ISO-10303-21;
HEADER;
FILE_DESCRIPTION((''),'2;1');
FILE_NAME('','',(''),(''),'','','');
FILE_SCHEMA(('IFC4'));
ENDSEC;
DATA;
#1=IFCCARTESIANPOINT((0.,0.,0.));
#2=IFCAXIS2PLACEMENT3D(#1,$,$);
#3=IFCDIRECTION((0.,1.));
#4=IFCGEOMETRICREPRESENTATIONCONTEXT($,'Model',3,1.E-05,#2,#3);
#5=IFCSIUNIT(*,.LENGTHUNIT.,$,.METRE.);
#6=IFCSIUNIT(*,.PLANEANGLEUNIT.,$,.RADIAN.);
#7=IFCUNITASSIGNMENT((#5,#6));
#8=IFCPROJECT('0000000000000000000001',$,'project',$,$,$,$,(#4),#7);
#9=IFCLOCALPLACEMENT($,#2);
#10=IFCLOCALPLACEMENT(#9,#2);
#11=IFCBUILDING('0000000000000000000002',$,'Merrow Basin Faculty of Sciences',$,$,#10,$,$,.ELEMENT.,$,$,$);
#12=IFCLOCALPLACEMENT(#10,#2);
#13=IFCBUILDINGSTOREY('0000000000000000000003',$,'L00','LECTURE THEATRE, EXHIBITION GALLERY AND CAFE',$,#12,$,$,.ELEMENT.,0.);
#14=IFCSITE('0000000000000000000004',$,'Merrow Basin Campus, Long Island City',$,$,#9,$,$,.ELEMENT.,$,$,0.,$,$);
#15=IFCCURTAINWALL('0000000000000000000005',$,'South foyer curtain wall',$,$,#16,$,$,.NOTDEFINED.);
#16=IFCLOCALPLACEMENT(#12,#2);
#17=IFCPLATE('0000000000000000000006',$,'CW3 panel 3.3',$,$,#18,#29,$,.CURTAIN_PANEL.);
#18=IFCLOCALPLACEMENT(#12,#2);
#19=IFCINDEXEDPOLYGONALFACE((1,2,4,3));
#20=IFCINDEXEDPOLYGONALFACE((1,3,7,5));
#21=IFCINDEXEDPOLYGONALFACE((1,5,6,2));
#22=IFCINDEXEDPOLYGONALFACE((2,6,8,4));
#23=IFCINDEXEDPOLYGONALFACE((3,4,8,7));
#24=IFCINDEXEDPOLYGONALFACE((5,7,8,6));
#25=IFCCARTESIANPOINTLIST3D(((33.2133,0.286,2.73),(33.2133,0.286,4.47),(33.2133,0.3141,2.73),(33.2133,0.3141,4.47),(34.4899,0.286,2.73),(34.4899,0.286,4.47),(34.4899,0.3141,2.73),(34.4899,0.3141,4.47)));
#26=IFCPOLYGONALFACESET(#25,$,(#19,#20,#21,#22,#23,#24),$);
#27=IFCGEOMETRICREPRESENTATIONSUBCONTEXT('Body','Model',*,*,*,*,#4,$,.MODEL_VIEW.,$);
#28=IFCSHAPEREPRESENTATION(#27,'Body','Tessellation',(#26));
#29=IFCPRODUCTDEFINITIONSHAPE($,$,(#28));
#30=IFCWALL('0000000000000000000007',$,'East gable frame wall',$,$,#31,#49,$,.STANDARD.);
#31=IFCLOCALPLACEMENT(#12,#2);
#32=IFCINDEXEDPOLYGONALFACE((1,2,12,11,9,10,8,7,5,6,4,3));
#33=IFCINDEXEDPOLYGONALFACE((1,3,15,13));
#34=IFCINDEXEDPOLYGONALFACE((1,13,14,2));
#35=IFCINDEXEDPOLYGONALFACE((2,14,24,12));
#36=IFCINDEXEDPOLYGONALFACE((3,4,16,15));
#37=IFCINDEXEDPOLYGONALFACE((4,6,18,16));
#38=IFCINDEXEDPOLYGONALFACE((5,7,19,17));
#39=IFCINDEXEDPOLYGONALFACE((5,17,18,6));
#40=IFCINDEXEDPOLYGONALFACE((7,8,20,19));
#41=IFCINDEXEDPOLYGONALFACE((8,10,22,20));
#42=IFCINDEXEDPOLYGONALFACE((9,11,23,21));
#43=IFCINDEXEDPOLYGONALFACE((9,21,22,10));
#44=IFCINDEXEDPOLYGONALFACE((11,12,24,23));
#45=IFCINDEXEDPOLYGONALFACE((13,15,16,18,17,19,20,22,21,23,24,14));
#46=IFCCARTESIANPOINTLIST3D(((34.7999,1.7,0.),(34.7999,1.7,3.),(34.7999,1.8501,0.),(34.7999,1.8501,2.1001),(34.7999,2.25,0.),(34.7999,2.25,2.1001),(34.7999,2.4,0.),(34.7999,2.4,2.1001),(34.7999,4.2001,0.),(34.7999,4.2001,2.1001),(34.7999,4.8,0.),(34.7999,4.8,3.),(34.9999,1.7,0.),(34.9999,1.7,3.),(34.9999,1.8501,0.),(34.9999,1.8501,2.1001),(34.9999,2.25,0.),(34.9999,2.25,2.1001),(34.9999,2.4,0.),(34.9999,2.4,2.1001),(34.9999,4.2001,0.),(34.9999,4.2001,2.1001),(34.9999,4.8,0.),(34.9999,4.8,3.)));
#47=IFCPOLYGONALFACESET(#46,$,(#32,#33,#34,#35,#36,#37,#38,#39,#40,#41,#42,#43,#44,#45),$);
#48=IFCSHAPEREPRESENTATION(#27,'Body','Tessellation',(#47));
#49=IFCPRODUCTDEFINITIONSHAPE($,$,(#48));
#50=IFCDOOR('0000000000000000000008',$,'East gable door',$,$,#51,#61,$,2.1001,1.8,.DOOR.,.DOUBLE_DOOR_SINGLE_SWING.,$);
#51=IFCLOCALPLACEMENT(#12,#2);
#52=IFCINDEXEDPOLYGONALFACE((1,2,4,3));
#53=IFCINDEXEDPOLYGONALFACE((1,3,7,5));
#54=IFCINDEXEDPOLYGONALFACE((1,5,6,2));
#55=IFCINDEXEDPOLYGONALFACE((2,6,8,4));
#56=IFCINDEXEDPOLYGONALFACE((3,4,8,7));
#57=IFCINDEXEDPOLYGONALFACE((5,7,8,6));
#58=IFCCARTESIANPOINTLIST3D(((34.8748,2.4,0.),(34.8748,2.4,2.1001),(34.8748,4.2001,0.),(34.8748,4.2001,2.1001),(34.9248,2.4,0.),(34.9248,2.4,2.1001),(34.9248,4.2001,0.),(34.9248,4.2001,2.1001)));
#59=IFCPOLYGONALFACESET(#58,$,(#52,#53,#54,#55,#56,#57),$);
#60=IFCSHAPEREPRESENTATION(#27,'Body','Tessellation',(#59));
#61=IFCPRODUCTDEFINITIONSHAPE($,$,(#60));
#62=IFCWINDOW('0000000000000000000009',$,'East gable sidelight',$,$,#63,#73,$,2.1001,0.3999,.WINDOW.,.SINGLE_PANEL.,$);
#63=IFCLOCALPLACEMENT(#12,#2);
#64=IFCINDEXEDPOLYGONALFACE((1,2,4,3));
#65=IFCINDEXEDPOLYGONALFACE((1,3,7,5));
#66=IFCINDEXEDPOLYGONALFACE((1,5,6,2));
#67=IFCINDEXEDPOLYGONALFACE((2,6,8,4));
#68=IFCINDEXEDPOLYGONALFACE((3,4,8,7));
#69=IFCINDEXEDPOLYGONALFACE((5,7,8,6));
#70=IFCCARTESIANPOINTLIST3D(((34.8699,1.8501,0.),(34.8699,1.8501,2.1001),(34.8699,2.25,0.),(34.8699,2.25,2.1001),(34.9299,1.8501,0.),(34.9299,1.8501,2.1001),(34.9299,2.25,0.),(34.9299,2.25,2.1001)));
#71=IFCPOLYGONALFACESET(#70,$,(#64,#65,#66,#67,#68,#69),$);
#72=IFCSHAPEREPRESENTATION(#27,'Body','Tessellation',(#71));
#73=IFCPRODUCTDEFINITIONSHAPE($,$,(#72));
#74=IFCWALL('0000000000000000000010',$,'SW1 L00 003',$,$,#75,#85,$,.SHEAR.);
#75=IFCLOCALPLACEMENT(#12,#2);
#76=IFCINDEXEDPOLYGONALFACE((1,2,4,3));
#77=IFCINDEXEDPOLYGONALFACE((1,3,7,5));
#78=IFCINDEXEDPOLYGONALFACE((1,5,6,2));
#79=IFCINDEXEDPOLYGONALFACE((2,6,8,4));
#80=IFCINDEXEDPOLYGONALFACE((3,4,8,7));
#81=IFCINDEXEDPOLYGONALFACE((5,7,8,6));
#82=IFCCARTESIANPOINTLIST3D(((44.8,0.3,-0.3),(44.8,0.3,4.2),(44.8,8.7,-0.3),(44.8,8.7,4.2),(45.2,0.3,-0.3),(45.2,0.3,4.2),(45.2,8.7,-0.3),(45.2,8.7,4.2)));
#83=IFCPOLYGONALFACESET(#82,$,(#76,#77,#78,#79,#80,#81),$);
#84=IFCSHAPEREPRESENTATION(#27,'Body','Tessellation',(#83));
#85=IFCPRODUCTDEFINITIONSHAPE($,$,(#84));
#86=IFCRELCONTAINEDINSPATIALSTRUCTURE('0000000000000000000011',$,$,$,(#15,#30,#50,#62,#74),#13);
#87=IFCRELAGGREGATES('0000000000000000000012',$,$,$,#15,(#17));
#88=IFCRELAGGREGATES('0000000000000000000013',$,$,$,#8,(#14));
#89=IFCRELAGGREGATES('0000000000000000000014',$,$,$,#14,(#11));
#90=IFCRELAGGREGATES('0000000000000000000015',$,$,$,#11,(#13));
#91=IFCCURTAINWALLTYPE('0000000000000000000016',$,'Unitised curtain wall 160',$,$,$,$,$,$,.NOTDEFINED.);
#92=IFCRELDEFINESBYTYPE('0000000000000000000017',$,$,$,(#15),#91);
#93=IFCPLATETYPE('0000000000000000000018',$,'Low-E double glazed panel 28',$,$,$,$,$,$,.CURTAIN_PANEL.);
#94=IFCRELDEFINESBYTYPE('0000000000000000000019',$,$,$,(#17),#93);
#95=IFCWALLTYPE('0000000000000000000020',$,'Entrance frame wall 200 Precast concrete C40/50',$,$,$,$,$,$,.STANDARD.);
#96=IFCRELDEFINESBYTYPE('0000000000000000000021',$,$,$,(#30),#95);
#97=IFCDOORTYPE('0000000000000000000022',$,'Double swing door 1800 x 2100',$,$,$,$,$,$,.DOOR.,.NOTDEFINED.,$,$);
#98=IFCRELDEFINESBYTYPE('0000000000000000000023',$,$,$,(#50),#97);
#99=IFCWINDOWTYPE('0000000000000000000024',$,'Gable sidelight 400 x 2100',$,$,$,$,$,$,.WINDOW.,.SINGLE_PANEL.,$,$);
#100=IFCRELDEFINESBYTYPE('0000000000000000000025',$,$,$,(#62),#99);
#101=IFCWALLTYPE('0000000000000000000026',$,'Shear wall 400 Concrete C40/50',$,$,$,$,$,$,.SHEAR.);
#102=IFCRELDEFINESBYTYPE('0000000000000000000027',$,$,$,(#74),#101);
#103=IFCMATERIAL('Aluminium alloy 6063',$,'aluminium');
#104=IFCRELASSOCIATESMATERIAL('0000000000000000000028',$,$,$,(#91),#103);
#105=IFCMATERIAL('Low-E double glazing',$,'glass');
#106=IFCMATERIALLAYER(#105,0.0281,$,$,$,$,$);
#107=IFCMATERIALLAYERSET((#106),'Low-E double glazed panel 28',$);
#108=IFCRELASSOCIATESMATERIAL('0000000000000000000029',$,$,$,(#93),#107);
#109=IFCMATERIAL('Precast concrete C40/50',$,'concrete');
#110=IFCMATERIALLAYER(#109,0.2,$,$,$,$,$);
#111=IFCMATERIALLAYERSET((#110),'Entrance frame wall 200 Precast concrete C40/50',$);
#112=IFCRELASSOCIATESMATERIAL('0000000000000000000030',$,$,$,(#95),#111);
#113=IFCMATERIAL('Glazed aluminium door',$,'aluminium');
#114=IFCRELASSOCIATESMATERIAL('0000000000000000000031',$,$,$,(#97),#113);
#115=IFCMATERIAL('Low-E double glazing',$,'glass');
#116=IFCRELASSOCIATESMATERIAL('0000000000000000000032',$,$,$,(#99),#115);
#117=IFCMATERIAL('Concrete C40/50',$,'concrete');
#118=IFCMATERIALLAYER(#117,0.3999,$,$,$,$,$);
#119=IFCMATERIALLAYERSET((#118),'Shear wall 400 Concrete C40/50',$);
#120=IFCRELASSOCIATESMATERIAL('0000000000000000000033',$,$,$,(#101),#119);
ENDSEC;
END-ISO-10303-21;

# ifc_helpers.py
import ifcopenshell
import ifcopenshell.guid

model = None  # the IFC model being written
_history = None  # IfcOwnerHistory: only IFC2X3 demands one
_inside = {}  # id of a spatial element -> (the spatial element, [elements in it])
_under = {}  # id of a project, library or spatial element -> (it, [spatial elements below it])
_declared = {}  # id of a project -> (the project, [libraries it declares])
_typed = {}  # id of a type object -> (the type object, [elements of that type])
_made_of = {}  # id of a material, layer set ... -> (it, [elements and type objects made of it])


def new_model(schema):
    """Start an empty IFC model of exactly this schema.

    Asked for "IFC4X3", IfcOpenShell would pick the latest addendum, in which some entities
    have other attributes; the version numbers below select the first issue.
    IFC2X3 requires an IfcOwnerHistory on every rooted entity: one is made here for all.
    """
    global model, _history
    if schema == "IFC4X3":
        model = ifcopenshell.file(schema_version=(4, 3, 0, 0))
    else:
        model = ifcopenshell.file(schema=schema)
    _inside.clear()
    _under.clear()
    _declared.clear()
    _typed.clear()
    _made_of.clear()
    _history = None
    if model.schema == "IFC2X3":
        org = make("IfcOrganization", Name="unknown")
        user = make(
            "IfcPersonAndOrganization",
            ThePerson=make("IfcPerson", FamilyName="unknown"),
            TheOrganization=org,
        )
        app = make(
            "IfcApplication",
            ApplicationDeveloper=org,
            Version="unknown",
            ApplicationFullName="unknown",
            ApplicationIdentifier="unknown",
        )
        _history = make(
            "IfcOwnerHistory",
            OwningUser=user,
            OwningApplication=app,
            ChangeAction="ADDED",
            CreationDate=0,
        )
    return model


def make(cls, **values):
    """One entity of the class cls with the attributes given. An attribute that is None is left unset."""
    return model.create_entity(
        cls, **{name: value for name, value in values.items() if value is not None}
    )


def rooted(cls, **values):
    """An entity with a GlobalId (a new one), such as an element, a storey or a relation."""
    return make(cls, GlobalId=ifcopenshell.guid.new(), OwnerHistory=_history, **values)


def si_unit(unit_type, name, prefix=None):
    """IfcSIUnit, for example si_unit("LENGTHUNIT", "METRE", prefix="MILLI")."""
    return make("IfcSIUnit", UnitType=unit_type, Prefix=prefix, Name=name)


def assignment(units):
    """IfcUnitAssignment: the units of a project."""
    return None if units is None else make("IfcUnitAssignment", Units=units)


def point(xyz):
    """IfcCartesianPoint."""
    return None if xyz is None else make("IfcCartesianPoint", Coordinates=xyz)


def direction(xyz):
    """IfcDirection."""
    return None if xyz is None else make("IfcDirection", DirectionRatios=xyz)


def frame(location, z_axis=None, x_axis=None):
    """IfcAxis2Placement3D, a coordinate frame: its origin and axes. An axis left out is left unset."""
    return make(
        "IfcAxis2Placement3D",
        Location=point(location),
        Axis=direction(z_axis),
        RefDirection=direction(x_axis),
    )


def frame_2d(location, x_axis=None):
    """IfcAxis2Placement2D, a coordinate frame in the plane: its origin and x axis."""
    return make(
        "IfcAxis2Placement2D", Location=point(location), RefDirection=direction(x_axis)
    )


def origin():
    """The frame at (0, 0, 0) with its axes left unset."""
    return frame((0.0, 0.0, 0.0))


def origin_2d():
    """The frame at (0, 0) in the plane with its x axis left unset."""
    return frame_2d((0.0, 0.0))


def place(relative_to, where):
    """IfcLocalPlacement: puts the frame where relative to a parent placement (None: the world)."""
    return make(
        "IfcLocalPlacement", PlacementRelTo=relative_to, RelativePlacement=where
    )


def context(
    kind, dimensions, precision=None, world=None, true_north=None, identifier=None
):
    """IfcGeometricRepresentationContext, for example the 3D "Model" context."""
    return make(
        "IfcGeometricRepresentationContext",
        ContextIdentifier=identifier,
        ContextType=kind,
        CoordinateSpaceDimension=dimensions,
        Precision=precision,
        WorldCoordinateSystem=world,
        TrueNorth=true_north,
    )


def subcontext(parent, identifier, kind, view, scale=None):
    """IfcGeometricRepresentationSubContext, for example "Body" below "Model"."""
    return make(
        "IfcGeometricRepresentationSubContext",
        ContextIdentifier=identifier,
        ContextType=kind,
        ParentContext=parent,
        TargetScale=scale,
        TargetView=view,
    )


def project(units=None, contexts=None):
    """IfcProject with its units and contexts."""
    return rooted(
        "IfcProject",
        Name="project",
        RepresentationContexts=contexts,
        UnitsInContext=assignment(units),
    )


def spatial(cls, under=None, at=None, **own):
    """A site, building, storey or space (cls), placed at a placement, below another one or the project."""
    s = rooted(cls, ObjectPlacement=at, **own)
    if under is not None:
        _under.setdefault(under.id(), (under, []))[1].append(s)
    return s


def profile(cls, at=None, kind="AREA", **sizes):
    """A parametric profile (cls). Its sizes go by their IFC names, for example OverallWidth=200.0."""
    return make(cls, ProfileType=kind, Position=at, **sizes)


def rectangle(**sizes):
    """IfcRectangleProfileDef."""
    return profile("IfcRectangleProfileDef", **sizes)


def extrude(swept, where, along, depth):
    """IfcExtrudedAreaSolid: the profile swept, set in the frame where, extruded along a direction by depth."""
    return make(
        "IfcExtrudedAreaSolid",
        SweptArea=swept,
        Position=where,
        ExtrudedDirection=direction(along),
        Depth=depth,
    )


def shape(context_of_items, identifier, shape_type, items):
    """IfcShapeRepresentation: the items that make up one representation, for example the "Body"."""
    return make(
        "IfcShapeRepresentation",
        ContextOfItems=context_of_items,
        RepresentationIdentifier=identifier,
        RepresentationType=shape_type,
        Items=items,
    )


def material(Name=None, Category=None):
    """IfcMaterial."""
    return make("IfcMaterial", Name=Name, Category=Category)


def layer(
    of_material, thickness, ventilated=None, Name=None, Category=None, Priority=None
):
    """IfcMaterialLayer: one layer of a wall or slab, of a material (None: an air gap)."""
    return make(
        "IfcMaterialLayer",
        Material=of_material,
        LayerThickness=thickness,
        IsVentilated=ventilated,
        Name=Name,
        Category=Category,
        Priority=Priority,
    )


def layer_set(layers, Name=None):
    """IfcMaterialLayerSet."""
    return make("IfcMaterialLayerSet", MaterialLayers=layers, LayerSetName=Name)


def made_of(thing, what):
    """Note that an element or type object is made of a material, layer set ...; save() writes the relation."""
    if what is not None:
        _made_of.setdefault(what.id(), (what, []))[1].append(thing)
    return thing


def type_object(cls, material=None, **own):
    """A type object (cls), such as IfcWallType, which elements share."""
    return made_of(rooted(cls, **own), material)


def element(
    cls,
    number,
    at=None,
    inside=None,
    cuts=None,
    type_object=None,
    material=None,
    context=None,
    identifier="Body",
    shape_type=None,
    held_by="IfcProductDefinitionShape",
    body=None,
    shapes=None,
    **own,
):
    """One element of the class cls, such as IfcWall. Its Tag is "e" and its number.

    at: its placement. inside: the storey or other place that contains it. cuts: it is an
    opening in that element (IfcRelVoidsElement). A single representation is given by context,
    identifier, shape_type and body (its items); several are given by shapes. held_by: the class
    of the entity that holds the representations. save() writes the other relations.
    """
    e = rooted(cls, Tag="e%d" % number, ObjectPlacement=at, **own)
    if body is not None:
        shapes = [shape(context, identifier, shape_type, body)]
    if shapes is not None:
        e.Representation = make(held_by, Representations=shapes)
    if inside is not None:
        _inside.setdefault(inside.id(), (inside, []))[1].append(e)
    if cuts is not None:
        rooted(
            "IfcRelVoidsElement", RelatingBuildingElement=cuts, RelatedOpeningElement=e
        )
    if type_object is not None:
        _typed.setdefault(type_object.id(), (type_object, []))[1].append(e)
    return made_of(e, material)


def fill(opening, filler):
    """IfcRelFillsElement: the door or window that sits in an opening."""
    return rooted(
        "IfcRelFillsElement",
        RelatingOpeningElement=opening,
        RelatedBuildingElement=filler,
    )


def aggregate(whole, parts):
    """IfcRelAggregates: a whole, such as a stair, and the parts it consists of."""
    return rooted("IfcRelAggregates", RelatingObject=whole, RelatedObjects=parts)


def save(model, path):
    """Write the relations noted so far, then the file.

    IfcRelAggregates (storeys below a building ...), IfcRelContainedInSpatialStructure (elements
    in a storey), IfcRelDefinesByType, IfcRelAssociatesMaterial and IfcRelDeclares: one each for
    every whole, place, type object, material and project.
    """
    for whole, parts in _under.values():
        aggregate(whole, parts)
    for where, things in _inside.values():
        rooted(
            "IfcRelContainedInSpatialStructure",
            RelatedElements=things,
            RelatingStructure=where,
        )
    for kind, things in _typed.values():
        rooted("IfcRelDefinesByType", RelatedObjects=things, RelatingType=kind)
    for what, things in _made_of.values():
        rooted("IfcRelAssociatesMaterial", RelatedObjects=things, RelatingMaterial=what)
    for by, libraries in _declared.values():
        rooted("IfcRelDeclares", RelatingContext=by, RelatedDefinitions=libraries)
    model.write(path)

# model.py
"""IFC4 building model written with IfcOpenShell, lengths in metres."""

from ifc_helpers import new_model, si_unit, direction, frame, frame_2d, origin, origin_2d, place, context, subcontext, project, spatial, rectangle, extrude, material, layer, layer_set, type_object, element, fill, aggregate, save


model = new_model("IFC4")

# Units and contexts
model_context = context("Model", 3, precision=1e-05, world=origin(), true_north=direction((0.0, 1.0)))
body_context = subcontext(model_context, "Body", "Model", "MODEL_VIEW")
ifc_project = project(units=[si_unit("LENGTHUNIT", "METRE"), si_unit("PLANEANGLEUNIT", "RADIAN")], contexts=[model_context])

# Site, building, storey
site_placement = place(None, origin())
site = spatial("IfcSite", under=ifc_project, at=site_placement, Name="Merrow Basin Campus, Long Island City", CompositionType="ELEMENT", RefElevation=0.0)
building_placement = place(site_placement, origin())
building = spatial("IfcBuilding", under=site, at=building_placement, Name="Merrow Basin Faculty of Sciences", CompositionType="ELEMENT")
storey_placement = place(building_placement, origin())
storey = spatial("IfcBuildingStorey", under=building, at=storey_placement, Name="L00", Description="LECTURE THEATRE, EXHIBITION GALLERY AND CAFE", CompositionType="ELEMENT", Elevation=0.0)

# Curtain wall
ifc_material_1 = material(Name="Aluminium alloy 6063", Category="aluminium")
curtain_wall_type_1 = type_object("IfcCurtainWallType", Name="Unitised curtain wall 160", PredefinedType="NOTDEFINED", material=ifc_material_1)
curtain_wall_1_placement = place(storey_placement, origin())
curtain_wall_1 = element("IfcCurtainWall", 1, at=curtain_wall_1_placement, inside=storey, type_object=curtain_wall_type_1, Name="South foyer curtain wall", PredefinedType="NOTDEFINED")

# Plate
ifc_material_2 = material(Name="Low-E double glazing", Category="glass")
ifc_layer_1 = layer(ifc_material_2, 0.0281)
ifc_layer_set_1 = layer_set([ifc_layer_1], Name="Low-E double glazed panel 28")
plate_type_1 = type_object("IfcPlateType", Name="Low-E double glazed panel 28", PredefinedType="CURTAIN_PANEL", material=ifc_layer_set_1)
plate_1_placement = place(storey_placement, frame((33.8516, 0.3, 2.73), z_axis=(0.0, 0.0, 1.0), x_axis=(1.0, 0.0, 0.0)))
plate_1 = element("IfcPlate", 2, at=plate_1_placement, type_object=plate_type_1, Name="CW3 panel 3.3", PredefinedType="CURTAIN_PANEL", context=body_context, shape_type="SweptSolid", body=[
    extrude(rectangle(XDim=1.2766, YDim=0.0281, at=origin_2d()), origin(), (0.0, 0.0, 1.0), 1.74),
])
aggregate(curtain_wall_1, [plate_1])

# Wall, openings, door, window
ifc_material_3 = material(Name="Precast concrete C40/50", Category="concrete")
ifc_layer_2 = layer(ifc_material_3, 0.2)
ifc_layer_set_2 = layer_set([ifc_layer_2], Name="Entrance frame wall 200 Precast concrete C40/50")
wall_type_1 = type_object("IfcWallType", Name="Entrance frame wall 200 Precast concrete C40/50", PredefinedType="STANDARD", material=ifc_layer_set_2)
wall_1_placement = place(storey_placement, frame((34.8999, 4.8, 0.0), z_axis=(0.0, 0.0, 1.0), x_axis=(0.0, -1.0, 0.0)))
wall_1 = element("IfcWall", 3, at=wall_1_placement, inside=storey, type_object=wall_type_1, Name="East gable frame wall", PredefinedType="STANDARD", context=body_context, shape_type="SweptSolid", body=[
    extrude(rectangle(XDim=3.1001, YDim=0.2, at=frame_2d((1.55, 0.0))), origin(), (0.0, 0.0, 1.0), 3.0),
])
opening_1_placement = place(wall_1_placement, frame((0.6001, 0.0, 0.0)))
opening_1 = element("IfcOpeningElement", 4, at=opening_1_placement, cuts=wall_1, PredefinedType="OPENING", context=body_context, shape_type="SweptSolid", body=[
    extrude(rectangle(XDim=1.8, YDim=2.1001, at=frame_2d((0.8999, 1.05))), frame((0.0, 0.1099, 0.0), z_axis=(0.0, -1.0, 0.0), x_axis=(1.0, 0.0, 0.0)), (0.0, 0.0, 1.0), 0.22),
])
opening_2_placement = place(wall_1_placement, frame((2.55, 0.0, 0.0)))
opening_2 = element("IfcOpeningElement", 5, at=opening_2_placement, cuts=wall_1, PredefinedType="OPENING", context=body_context, shape_type="SweptSolid", body=[
    extrude(rectangle(XDim=0.3999, YDim=2.1001, at=frame_2d((0.2, 1.05))), frame((0.0, 0.1099, 0.0), z_axis=(0.0, -1.0, 0.0), x_axis=(1.0, 0.0, 0.0)), (0.0, 0.0, 1.0), 0.22),
])
ifc_material_4 = material(Name="Glazed aluminium door", Category="aluminium")
door_type = type_object("IfcDoorType", Name="Double swing door 1800 x 2100", OperationType="NOTDEFINED", PredefinedType="DOOR", material=ifc_material_4)
door_placement = place(opening_1_placement, origin())
door = element("IfcDoor", 6, at=door_placement, inside=storey, type_object=door_type, Name="East gable door", OperationType="DOUBLE_DOOR_SINGLE_SWING", OverallHeight=2.1001, OverallWidth=1.8, PredefinedType="DOOR", context=body_context, shape_type="SweptSolid", body=[
    extrude(rectangle(XDim=1.8, YDim=2.1001, at=frame_2d((0.8999, 1.05))), frame((0.0, 0.0249, 0.0), z_axis=(0.0, -1.0, 0.0), x_axis=(1.0, 0.0, 0.0)), (0.0, 0.0, 1.0), 0.05),
])
fill(opening_1, door)
ifc_material_5 = material(Name="Low-E double glazing", Category="glass")
window_type = type_object("IfcWindowType", Name="Gable sidelight 400 x 2100", PartitioningType="SINGLE_PANEL", PredefinedType="WINDOW", material=ifc_material_5)
window_placement = place(opening_2_placement, origin())
window = element("IfcWindow", 7, at=window_placement, inside=storey, type_object=window_type, Name="East gable sidelight", OverallHeight=2.1001, OverallWidth=0.3999, PartitioningType="SINGLE_PANEL", PredefinedType="WINDOW", context=body_context, shape_type="SweptSolid", body=[
    extrude(rectangle(XDim=0.3999, YDim=2.1001, at=frame_2d((0.2, 1.05))), frame((0.0, 0.03, 0.0), z_axis=(0.0, -1.0, 0.0), x_axis=(1.0, 0.0, 0.0)), (0.0, 0.0, 1.0), 0.0601),
])
fill(opening_2, window)

# Wall
ifc_material_6 = material(Name="Concrete C40/50", Category="concrete")
ifc_layer_3 = layer(ifc_material_6, 0.3999)
ifc_layer_set_3 = layer_set([ifc_layer_3], Name="Shear wall 400 Concrete C40/50")
wall_type_2 = type_object("IfcWallType", Name="Shear wall 400 Concrete C40/50", PredefinedType="SHEAR", material=ifc_layer_set_3)
wall_2_placement = place(storey_placement, frame((45.0, 0.3, -0.3), z_axis=(0.0, 0.0, 1.0), x_axis=(0.0, 1.0, 0.0)))
element("IfcWall", 8, at=wall_2_placement, inside=storey, type_object=wall_type_2, Name="SW1 L00 003", PredefinedType="SHEAR", context=body_context, shape_type="SweptSolid", body=[
    extrude(rectangle(XDim=8.3999, YDim=0.3999, at=frame_2d((4.2, 0.0))), origin(), (0.0, 0.0, 1.0), 4.5),
])

save(model, "model.ifc")
